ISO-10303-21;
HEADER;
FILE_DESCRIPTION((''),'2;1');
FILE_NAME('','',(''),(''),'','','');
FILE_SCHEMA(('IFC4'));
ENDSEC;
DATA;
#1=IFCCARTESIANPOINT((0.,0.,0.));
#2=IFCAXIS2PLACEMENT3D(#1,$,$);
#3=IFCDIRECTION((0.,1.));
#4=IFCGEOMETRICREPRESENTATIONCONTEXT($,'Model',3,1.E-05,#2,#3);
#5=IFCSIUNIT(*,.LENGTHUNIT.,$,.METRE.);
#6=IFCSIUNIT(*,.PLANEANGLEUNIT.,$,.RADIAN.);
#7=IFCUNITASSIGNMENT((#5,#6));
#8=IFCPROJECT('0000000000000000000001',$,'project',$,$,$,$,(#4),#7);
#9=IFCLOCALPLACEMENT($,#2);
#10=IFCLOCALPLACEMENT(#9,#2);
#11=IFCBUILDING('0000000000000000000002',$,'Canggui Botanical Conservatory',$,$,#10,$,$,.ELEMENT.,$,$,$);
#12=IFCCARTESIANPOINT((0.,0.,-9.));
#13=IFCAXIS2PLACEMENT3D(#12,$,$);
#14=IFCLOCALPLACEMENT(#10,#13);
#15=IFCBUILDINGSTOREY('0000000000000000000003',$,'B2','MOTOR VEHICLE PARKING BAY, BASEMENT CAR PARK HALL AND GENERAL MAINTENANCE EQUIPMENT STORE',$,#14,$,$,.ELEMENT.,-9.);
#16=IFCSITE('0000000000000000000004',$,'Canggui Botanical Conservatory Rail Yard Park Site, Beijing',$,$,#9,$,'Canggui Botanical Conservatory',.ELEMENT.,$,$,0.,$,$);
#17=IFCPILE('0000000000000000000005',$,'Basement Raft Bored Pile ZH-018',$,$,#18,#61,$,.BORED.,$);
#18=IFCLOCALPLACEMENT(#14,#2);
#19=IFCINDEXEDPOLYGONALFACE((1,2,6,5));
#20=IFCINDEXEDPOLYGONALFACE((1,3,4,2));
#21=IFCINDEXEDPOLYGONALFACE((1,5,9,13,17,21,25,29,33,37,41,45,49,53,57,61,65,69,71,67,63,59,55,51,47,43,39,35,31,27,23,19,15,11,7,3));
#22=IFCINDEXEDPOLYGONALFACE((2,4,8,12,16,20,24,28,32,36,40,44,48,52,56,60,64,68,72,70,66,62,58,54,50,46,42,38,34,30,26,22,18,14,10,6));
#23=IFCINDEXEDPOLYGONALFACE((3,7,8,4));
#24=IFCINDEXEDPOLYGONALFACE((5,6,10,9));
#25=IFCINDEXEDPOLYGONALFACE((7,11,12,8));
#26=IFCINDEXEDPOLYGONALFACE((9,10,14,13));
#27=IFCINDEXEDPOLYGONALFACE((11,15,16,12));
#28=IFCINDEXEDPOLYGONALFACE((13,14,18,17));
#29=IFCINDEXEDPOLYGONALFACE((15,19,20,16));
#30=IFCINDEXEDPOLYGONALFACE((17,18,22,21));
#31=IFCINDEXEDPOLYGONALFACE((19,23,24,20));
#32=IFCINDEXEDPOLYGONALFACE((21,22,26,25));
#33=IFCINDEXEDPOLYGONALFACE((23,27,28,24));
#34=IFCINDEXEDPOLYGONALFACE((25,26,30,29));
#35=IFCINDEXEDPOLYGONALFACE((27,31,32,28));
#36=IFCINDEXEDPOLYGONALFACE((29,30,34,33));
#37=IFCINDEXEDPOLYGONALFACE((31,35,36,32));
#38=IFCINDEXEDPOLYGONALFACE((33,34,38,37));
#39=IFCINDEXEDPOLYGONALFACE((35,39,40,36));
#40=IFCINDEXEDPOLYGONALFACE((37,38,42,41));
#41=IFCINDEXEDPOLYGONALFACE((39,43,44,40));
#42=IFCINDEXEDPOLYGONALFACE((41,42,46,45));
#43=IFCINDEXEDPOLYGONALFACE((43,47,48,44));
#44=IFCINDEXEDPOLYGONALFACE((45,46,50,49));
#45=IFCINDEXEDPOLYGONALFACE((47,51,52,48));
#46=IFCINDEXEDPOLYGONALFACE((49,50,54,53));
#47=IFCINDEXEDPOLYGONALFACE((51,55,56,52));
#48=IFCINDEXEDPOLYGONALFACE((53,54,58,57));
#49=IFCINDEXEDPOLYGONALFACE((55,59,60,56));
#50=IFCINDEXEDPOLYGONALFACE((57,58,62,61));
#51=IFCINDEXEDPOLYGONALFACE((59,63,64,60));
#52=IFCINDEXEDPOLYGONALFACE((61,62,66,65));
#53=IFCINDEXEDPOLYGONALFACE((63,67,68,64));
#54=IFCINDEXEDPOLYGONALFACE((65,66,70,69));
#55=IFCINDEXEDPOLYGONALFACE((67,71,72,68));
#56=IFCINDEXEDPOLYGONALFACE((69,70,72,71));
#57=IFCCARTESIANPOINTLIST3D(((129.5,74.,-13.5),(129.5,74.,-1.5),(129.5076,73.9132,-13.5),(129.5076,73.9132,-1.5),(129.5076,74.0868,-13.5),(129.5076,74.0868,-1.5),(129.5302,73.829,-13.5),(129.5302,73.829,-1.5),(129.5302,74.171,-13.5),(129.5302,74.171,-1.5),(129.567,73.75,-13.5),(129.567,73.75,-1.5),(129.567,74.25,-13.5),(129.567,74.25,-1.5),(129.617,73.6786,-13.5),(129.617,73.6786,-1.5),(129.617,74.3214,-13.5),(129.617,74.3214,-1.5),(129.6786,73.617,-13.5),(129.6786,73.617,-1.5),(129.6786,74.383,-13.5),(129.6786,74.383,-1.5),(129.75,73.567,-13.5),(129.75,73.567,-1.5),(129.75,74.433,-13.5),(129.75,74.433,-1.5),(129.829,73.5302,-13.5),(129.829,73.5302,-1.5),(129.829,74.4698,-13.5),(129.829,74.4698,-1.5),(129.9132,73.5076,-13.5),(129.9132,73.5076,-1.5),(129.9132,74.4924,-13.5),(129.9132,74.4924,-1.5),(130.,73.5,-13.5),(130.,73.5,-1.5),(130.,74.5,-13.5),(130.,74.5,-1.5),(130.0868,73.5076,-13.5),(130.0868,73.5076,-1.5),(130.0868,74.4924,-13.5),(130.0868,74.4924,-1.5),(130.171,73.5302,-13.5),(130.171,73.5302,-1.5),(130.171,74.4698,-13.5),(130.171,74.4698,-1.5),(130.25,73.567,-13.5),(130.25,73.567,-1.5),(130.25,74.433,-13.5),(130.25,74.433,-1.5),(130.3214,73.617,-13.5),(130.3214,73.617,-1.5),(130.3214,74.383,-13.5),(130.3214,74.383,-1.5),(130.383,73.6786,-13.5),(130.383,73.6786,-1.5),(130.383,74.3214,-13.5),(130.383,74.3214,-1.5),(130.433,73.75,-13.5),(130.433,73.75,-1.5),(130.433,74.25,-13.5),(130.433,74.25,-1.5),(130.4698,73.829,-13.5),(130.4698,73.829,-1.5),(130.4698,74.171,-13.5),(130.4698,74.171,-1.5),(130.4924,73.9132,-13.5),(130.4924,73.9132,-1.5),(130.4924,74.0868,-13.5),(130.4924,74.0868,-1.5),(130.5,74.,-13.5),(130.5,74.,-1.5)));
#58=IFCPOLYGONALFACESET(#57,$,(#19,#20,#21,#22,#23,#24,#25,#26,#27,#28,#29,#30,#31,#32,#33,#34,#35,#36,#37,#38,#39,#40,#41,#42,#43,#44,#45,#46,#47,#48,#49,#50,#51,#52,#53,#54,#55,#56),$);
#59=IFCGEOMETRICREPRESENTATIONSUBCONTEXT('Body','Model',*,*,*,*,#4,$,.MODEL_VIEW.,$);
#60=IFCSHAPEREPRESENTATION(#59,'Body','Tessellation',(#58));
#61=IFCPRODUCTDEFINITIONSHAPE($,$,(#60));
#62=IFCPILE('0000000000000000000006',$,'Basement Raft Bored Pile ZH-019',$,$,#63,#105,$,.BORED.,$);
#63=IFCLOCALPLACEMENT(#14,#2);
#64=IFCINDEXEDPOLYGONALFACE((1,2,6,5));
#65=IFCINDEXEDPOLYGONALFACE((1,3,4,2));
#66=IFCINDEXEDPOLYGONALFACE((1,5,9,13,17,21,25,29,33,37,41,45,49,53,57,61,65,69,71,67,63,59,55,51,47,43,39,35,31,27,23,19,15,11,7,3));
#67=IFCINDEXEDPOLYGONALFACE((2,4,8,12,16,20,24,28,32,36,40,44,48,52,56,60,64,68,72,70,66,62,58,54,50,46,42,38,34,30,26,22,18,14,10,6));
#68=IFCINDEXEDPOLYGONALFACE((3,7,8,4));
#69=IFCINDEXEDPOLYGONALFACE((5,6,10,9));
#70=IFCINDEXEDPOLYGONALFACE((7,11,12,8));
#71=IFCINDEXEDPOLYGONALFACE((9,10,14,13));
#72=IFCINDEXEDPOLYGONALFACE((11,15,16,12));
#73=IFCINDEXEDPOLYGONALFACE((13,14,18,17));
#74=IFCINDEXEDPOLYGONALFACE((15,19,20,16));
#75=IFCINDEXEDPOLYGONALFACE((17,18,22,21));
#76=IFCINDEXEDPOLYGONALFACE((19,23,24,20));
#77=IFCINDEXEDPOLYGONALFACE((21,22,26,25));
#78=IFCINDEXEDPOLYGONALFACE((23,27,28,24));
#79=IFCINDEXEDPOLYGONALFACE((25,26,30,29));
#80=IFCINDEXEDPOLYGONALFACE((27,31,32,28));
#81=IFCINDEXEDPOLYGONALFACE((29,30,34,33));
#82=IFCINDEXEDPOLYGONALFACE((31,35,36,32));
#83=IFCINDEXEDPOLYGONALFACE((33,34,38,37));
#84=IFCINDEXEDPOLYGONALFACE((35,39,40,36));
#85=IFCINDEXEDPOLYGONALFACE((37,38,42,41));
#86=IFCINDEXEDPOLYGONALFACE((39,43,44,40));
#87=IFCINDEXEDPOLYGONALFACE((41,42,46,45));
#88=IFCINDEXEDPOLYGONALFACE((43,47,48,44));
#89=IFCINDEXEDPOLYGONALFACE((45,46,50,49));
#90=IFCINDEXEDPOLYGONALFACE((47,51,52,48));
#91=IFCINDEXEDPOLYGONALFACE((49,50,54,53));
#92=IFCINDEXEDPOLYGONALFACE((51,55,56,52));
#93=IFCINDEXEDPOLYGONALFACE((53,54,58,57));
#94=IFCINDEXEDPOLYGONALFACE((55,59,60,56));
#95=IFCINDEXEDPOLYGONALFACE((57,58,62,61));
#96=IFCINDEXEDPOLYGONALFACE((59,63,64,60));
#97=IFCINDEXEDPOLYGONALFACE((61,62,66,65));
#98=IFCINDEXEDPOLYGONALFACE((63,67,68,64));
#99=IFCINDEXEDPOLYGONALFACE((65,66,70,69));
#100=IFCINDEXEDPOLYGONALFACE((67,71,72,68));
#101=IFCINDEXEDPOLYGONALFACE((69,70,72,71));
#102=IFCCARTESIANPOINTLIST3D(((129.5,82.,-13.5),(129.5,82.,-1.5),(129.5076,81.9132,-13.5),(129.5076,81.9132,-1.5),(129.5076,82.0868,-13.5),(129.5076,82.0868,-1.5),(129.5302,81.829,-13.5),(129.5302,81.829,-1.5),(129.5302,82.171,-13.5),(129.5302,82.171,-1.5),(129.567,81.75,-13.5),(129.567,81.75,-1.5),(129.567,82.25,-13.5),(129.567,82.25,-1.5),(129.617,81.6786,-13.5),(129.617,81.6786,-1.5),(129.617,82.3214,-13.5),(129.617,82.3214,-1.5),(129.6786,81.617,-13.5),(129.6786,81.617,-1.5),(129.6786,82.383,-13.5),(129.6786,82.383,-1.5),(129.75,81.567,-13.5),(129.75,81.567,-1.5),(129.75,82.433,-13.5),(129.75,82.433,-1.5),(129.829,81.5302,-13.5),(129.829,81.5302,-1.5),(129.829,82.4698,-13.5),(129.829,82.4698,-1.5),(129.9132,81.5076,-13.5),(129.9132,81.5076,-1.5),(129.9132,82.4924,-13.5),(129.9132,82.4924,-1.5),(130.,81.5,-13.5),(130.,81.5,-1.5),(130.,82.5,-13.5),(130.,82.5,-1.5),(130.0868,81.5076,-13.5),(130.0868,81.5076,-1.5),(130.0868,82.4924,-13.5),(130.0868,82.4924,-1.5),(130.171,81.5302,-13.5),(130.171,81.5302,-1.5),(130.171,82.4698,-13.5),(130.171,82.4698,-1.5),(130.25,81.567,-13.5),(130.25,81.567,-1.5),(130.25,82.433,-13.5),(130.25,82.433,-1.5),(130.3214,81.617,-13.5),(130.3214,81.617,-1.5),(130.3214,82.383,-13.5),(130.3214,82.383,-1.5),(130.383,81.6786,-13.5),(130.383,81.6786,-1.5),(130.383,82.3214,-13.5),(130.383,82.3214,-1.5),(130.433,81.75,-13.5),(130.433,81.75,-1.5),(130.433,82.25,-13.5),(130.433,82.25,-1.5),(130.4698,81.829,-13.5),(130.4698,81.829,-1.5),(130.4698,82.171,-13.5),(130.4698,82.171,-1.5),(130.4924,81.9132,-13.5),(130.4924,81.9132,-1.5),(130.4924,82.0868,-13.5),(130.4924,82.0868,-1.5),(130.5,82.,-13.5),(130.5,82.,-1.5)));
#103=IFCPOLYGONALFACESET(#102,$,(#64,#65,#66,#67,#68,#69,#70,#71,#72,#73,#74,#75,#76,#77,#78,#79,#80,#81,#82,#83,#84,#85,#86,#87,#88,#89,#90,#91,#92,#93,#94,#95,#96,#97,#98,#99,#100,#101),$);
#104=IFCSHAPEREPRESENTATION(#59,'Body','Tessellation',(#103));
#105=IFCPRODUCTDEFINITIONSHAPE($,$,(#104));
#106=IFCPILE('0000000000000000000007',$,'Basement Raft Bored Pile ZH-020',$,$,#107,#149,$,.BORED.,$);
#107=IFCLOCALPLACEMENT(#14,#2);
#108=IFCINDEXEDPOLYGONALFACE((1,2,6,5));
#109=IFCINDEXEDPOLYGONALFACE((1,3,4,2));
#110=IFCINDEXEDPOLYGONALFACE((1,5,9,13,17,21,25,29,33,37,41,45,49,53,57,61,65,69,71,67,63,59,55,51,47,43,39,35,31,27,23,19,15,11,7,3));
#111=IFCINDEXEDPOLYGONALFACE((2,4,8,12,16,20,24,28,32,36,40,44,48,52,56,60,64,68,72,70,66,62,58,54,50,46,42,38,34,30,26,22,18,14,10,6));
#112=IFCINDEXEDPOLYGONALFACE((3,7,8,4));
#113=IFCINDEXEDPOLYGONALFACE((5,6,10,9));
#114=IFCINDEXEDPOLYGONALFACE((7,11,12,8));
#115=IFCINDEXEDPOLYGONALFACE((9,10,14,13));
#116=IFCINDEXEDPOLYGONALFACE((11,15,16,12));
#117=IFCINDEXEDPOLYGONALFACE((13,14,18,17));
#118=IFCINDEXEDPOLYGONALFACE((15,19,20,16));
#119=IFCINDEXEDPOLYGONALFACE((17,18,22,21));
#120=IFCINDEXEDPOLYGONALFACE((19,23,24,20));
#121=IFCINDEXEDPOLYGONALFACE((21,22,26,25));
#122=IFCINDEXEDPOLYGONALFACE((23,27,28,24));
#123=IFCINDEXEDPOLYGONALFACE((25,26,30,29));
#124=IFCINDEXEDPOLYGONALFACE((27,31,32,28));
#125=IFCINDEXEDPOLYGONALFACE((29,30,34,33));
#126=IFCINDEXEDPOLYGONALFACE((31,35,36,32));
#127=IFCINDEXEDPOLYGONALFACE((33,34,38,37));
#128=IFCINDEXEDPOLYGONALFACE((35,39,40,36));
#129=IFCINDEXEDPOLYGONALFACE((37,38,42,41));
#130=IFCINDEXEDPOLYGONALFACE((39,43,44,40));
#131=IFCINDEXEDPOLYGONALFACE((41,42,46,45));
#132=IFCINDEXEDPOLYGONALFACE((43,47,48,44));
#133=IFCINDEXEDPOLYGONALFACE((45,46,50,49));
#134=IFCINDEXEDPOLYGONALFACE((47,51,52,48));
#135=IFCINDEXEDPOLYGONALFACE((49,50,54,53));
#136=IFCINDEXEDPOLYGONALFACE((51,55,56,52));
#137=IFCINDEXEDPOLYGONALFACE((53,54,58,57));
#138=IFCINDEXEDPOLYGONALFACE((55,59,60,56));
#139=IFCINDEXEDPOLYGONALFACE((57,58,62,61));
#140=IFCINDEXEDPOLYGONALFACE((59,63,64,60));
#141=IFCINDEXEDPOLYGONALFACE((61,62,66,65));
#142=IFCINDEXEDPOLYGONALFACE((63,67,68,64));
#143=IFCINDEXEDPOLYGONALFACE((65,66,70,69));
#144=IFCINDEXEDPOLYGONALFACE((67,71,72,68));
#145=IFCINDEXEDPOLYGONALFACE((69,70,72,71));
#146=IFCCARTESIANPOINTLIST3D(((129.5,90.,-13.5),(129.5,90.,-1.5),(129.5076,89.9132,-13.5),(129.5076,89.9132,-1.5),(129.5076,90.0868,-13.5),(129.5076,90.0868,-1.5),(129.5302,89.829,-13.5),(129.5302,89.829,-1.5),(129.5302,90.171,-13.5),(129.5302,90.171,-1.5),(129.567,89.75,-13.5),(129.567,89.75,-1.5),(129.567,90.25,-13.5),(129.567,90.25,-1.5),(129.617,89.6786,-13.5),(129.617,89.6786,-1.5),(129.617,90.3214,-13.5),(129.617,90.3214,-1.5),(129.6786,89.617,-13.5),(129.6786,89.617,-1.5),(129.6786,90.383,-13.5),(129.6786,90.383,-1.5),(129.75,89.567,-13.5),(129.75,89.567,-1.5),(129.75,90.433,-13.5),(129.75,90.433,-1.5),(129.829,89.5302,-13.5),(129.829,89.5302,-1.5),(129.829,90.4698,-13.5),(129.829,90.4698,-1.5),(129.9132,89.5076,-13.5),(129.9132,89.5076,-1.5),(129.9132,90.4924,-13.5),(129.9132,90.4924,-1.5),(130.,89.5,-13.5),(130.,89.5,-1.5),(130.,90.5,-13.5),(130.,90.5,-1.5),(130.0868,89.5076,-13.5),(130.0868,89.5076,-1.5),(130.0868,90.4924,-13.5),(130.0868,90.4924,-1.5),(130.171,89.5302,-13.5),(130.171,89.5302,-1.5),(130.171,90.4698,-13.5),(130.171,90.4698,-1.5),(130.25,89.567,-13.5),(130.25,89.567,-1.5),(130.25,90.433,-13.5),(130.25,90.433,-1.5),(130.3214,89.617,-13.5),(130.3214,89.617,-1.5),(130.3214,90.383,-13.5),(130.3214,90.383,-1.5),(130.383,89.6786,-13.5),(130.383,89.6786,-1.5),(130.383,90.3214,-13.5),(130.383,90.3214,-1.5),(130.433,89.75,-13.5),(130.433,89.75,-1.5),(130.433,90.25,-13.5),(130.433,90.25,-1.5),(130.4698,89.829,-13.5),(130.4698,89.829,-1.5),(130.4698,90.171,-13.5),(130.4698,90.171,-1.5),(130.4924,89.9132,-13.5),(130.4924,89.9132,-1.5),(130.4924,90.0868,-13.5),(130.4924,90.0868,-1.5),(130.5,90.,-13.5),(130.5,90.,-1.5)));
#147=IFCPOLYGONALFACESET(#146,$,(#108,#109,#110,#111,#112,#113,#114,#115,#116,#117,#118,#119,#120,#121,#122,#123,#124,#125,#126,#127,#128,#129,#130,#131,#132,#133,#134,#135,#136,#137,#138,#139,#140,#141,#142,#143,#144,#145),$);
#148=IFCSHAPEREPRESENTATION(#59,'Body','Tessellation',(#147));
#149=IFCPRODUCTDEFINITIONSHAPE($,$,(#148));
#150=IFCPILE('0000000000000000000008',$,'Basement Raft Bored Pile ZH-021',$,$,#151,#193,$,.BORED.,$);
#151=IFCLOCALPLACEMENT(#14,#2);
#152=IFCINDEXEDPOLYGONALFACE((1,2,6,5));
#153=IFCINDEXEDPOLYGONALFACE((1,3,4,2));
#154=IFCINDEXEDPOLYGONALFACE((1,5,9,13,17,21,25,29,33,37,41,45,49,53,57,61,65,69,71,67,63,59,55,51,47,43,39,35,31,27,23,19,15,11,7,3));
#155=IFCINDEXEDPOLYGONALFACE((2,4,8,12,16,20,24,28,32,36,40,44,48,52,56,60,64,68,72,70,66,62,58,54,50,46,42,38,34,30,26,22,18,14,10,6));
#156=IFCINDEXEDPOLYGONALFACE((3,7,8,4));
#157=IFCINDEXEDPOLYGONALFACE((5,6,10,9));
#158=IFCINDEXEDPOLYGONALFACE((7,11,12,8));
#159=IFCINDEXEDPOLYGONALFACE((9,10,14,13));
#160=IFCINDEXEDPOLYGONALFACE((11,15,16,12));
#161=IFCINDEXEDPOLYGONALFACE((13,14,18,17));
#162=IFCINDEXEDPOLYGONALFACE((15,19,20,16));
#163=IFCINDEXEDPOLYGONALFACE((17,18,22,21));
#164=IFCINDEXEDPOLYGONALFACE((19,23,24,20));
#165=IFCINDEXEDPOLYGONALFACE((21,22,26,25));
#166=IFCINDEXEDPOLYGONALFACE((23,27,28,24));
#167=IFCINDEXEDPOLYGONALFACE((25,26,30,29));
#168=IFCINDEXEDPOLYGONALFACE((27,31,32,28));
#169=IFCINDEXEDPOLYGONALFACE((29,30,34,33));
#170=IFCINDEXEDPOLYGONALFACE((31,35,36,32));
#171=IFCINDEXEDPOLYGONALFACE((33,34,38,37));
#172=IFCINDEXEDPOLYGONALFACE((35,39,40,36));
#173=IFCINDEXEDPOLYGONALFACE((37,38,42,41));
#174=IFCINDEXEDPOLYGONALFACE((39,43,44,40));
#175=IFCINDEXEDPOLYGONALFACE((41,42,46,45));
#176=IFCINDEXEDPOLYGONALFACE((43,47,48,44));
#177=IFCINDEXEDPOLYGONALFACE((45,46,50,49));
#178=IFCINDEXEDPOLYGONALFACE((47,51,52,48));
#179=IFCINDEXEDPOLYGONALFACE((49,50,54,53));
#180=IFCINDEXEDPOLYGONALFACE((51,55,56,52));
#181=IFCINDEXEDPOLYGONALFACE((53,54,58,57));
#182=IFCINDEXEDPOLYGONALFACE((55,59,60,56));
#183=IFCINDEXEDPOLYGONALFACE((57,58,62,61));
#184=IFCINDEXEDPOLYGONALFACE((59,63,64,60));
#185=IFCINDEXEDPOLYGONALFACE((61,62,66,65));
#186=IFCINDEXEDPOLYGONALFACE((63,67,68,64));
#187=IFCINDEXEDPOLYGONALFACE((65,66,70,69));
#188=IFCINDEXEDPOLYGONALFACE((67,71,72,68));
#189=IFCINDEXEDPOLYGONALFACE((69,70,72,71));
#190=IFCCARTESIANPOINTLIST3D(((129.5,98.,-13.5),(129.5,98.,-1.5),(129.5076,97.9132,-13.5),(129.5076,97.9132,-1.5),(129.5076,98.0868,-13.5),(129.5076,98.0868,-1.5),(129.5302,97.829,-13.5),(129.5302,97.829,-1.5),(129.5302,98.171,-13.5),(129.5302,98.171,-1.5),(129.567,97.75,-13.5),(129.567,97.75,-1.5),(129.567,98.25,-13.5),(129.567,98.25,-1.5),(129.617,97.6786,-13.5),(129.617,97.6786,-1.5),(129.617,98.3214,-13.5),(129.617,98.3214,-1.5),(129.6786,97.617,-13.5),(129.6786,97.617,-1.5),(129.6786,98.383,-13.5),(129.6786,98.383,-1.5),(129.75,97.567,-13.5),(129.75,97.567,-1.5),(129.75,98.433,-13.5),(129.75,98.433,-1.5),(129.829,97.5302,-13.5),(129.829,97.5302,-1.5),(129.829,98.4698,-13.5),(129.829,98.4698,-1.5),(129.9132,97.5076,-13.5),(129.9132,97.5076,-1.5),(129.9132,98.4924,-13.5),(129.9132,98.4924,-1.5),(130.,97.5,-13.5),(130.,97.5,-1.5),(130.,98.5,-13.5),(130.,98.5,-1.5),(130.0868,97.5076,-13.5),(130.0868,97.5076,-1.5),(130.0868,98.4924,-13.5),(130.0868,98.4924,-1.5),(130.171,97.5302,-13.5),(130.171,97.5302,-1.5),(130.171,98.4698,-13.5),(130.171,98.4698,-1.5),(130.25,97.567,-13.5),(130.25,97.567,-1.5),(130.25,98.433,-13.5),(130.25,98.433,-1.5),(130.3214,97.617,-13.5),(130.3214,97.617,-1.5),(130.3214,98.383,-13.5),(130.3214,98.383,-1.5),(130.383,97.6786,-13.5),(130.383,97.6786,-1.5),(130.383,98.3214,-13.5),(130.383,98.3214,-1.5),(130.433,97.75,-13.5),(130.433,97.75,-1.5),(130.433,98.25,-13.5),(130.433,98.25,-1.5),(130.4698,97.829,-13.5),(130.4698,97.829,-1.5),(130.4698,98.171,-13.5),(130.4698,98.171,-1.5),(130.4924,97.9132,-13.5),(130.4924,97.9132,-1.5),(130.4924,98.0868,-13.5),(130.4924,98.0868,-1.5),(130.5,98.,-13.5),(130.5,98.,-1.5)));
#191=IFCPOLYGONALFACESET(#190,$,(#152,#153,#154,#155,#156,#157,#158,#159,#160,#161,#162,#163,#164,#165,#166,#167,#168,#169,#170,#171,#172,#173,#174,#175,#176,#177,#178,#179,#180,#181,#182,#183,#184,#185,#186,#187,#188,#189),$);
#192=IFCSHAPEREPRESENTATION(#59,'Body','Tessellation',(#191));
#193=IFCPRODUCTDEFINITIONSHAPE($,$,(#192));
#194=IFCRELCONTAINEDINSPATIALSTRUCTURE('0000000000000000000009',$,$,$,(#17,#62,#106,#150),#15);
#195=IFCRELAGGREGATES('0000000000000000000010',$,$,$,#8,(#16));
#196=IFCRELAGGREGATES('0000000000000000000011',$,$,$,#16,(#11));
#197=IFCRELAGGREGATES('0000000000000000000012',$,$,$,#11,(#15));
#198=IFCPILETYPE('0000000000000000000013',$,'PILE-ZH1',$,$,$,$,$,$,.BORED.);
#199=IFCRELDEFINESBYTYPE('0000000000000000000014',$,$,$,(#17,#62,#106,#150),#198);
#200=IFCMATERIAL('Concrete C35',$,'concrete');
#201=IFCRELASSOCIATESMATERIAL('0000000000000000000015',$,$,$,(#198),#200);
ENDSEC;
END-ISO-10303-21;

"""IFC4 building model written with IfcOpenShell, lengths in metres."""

from ifc_helpers import new_model, si_unit, direction, frame, origin, origin_2d, place, context, subcontext, project, spatial, circle, extrude, material, material_profile, profile_set, type_object, element, save


model = new_model("IFC4")

# Units and contexts
model_context = context("Model", 3, precision=1e-05, world=origin(), true_north=direction((0.0, 1.0)))
body_context = subcontext(model_context, "Body", "Model", "MODEL_VIEW")
ifc_project = project(units=[si_unit("LENGTHUNIT", "METRE"), si_unit("PLANEANGLEUNIT", "RADIAN")], contexts=[model_context])

# Site, building, storey
site_placement = place(None, origin())
site = spatial("IfcSite", under=ifc_project, at=site_placement, Name="Canggui Botanical Conservatory Rail Yard Park Site, Beijing", LongName="Canggui Botanical Conservatory", CompositionType="ELEMENT", RefElevation=0.0)
building_placement = place(site_placement, origin())
building = spatial("IfcBuilding", under=site, at=building_placement, Name="Canggui Botanical Conservatory", CompositionType="ELEMENT")
storey_placement = place(building_placement, frame((0.0, 0.0, -9.0)))
storey = spatial("IfcBuildingStorey", under=building, at=storey_placement, Name="B2", Description="MOTOR VEHICLE PARKING BAY, BASEMENT CAR PARK HALL AND GENERAL MAINTENANCE EQUIPMENT STORE", CompositionType="ELEMENT", Elevation=-9.0)

# Piles
ifc_material_1 = material(Name="Concrete C35", Category="concrete")
ifc_material_profile_1 = material_profile(ifc_material_1, circle(Radius=0.5, at=origin_2d()), Name="PILE D1000")
ifc_profile_set_1 = profile_set([ifc_material_profile_1], Name="Concrete C35")
pile_type = type_object("IfcPileType", Name="PILE-ZH1", PredefinedType="BORED", material=ifc_profile_set_1)
for number, where, z_axis, x_axis, name in (
    (1, (130.0, 74.0, -1.5), (0.0, 0.0, -1.0), (1.0, 0.0, 0.0), "Basement Raft Bored Pile ZH-018"),
    (2, (130.0, 82.0, -1.5), (0.0, 0.0, -1.0), (1.0, 0.0, 0.0), "Basement Raft Bored Pile ZH-019"),
    (3, (130.0, 90.0, -1.5), (0.0, 0.0, -1.0), (1.0, 0.0, 0.0), "Basement Raft Bored Pile ZH-020"),
    (4, (130.0, 98.0, -1.5), (0.0, 0.0, -1.0), (1.0, 0.0, 0.0), "Basement Raft Bored Pile ZH-021"),
):
    element("IfcPile", number, at=place(storey_placement, frame(where, z_axis=z_axis, x_axis=x_axis)), inside=storey, type_object=pile_type, Name=name, PredefinedType="BORED", context=body_context, shape_type="SweptSolid", body=[
        extrude(circle(Radius=0.5, at=origin_2d()), origin(), (0.0, 0.0, 1.0), 12.0),
    ])

save(model, "model.ifc")
